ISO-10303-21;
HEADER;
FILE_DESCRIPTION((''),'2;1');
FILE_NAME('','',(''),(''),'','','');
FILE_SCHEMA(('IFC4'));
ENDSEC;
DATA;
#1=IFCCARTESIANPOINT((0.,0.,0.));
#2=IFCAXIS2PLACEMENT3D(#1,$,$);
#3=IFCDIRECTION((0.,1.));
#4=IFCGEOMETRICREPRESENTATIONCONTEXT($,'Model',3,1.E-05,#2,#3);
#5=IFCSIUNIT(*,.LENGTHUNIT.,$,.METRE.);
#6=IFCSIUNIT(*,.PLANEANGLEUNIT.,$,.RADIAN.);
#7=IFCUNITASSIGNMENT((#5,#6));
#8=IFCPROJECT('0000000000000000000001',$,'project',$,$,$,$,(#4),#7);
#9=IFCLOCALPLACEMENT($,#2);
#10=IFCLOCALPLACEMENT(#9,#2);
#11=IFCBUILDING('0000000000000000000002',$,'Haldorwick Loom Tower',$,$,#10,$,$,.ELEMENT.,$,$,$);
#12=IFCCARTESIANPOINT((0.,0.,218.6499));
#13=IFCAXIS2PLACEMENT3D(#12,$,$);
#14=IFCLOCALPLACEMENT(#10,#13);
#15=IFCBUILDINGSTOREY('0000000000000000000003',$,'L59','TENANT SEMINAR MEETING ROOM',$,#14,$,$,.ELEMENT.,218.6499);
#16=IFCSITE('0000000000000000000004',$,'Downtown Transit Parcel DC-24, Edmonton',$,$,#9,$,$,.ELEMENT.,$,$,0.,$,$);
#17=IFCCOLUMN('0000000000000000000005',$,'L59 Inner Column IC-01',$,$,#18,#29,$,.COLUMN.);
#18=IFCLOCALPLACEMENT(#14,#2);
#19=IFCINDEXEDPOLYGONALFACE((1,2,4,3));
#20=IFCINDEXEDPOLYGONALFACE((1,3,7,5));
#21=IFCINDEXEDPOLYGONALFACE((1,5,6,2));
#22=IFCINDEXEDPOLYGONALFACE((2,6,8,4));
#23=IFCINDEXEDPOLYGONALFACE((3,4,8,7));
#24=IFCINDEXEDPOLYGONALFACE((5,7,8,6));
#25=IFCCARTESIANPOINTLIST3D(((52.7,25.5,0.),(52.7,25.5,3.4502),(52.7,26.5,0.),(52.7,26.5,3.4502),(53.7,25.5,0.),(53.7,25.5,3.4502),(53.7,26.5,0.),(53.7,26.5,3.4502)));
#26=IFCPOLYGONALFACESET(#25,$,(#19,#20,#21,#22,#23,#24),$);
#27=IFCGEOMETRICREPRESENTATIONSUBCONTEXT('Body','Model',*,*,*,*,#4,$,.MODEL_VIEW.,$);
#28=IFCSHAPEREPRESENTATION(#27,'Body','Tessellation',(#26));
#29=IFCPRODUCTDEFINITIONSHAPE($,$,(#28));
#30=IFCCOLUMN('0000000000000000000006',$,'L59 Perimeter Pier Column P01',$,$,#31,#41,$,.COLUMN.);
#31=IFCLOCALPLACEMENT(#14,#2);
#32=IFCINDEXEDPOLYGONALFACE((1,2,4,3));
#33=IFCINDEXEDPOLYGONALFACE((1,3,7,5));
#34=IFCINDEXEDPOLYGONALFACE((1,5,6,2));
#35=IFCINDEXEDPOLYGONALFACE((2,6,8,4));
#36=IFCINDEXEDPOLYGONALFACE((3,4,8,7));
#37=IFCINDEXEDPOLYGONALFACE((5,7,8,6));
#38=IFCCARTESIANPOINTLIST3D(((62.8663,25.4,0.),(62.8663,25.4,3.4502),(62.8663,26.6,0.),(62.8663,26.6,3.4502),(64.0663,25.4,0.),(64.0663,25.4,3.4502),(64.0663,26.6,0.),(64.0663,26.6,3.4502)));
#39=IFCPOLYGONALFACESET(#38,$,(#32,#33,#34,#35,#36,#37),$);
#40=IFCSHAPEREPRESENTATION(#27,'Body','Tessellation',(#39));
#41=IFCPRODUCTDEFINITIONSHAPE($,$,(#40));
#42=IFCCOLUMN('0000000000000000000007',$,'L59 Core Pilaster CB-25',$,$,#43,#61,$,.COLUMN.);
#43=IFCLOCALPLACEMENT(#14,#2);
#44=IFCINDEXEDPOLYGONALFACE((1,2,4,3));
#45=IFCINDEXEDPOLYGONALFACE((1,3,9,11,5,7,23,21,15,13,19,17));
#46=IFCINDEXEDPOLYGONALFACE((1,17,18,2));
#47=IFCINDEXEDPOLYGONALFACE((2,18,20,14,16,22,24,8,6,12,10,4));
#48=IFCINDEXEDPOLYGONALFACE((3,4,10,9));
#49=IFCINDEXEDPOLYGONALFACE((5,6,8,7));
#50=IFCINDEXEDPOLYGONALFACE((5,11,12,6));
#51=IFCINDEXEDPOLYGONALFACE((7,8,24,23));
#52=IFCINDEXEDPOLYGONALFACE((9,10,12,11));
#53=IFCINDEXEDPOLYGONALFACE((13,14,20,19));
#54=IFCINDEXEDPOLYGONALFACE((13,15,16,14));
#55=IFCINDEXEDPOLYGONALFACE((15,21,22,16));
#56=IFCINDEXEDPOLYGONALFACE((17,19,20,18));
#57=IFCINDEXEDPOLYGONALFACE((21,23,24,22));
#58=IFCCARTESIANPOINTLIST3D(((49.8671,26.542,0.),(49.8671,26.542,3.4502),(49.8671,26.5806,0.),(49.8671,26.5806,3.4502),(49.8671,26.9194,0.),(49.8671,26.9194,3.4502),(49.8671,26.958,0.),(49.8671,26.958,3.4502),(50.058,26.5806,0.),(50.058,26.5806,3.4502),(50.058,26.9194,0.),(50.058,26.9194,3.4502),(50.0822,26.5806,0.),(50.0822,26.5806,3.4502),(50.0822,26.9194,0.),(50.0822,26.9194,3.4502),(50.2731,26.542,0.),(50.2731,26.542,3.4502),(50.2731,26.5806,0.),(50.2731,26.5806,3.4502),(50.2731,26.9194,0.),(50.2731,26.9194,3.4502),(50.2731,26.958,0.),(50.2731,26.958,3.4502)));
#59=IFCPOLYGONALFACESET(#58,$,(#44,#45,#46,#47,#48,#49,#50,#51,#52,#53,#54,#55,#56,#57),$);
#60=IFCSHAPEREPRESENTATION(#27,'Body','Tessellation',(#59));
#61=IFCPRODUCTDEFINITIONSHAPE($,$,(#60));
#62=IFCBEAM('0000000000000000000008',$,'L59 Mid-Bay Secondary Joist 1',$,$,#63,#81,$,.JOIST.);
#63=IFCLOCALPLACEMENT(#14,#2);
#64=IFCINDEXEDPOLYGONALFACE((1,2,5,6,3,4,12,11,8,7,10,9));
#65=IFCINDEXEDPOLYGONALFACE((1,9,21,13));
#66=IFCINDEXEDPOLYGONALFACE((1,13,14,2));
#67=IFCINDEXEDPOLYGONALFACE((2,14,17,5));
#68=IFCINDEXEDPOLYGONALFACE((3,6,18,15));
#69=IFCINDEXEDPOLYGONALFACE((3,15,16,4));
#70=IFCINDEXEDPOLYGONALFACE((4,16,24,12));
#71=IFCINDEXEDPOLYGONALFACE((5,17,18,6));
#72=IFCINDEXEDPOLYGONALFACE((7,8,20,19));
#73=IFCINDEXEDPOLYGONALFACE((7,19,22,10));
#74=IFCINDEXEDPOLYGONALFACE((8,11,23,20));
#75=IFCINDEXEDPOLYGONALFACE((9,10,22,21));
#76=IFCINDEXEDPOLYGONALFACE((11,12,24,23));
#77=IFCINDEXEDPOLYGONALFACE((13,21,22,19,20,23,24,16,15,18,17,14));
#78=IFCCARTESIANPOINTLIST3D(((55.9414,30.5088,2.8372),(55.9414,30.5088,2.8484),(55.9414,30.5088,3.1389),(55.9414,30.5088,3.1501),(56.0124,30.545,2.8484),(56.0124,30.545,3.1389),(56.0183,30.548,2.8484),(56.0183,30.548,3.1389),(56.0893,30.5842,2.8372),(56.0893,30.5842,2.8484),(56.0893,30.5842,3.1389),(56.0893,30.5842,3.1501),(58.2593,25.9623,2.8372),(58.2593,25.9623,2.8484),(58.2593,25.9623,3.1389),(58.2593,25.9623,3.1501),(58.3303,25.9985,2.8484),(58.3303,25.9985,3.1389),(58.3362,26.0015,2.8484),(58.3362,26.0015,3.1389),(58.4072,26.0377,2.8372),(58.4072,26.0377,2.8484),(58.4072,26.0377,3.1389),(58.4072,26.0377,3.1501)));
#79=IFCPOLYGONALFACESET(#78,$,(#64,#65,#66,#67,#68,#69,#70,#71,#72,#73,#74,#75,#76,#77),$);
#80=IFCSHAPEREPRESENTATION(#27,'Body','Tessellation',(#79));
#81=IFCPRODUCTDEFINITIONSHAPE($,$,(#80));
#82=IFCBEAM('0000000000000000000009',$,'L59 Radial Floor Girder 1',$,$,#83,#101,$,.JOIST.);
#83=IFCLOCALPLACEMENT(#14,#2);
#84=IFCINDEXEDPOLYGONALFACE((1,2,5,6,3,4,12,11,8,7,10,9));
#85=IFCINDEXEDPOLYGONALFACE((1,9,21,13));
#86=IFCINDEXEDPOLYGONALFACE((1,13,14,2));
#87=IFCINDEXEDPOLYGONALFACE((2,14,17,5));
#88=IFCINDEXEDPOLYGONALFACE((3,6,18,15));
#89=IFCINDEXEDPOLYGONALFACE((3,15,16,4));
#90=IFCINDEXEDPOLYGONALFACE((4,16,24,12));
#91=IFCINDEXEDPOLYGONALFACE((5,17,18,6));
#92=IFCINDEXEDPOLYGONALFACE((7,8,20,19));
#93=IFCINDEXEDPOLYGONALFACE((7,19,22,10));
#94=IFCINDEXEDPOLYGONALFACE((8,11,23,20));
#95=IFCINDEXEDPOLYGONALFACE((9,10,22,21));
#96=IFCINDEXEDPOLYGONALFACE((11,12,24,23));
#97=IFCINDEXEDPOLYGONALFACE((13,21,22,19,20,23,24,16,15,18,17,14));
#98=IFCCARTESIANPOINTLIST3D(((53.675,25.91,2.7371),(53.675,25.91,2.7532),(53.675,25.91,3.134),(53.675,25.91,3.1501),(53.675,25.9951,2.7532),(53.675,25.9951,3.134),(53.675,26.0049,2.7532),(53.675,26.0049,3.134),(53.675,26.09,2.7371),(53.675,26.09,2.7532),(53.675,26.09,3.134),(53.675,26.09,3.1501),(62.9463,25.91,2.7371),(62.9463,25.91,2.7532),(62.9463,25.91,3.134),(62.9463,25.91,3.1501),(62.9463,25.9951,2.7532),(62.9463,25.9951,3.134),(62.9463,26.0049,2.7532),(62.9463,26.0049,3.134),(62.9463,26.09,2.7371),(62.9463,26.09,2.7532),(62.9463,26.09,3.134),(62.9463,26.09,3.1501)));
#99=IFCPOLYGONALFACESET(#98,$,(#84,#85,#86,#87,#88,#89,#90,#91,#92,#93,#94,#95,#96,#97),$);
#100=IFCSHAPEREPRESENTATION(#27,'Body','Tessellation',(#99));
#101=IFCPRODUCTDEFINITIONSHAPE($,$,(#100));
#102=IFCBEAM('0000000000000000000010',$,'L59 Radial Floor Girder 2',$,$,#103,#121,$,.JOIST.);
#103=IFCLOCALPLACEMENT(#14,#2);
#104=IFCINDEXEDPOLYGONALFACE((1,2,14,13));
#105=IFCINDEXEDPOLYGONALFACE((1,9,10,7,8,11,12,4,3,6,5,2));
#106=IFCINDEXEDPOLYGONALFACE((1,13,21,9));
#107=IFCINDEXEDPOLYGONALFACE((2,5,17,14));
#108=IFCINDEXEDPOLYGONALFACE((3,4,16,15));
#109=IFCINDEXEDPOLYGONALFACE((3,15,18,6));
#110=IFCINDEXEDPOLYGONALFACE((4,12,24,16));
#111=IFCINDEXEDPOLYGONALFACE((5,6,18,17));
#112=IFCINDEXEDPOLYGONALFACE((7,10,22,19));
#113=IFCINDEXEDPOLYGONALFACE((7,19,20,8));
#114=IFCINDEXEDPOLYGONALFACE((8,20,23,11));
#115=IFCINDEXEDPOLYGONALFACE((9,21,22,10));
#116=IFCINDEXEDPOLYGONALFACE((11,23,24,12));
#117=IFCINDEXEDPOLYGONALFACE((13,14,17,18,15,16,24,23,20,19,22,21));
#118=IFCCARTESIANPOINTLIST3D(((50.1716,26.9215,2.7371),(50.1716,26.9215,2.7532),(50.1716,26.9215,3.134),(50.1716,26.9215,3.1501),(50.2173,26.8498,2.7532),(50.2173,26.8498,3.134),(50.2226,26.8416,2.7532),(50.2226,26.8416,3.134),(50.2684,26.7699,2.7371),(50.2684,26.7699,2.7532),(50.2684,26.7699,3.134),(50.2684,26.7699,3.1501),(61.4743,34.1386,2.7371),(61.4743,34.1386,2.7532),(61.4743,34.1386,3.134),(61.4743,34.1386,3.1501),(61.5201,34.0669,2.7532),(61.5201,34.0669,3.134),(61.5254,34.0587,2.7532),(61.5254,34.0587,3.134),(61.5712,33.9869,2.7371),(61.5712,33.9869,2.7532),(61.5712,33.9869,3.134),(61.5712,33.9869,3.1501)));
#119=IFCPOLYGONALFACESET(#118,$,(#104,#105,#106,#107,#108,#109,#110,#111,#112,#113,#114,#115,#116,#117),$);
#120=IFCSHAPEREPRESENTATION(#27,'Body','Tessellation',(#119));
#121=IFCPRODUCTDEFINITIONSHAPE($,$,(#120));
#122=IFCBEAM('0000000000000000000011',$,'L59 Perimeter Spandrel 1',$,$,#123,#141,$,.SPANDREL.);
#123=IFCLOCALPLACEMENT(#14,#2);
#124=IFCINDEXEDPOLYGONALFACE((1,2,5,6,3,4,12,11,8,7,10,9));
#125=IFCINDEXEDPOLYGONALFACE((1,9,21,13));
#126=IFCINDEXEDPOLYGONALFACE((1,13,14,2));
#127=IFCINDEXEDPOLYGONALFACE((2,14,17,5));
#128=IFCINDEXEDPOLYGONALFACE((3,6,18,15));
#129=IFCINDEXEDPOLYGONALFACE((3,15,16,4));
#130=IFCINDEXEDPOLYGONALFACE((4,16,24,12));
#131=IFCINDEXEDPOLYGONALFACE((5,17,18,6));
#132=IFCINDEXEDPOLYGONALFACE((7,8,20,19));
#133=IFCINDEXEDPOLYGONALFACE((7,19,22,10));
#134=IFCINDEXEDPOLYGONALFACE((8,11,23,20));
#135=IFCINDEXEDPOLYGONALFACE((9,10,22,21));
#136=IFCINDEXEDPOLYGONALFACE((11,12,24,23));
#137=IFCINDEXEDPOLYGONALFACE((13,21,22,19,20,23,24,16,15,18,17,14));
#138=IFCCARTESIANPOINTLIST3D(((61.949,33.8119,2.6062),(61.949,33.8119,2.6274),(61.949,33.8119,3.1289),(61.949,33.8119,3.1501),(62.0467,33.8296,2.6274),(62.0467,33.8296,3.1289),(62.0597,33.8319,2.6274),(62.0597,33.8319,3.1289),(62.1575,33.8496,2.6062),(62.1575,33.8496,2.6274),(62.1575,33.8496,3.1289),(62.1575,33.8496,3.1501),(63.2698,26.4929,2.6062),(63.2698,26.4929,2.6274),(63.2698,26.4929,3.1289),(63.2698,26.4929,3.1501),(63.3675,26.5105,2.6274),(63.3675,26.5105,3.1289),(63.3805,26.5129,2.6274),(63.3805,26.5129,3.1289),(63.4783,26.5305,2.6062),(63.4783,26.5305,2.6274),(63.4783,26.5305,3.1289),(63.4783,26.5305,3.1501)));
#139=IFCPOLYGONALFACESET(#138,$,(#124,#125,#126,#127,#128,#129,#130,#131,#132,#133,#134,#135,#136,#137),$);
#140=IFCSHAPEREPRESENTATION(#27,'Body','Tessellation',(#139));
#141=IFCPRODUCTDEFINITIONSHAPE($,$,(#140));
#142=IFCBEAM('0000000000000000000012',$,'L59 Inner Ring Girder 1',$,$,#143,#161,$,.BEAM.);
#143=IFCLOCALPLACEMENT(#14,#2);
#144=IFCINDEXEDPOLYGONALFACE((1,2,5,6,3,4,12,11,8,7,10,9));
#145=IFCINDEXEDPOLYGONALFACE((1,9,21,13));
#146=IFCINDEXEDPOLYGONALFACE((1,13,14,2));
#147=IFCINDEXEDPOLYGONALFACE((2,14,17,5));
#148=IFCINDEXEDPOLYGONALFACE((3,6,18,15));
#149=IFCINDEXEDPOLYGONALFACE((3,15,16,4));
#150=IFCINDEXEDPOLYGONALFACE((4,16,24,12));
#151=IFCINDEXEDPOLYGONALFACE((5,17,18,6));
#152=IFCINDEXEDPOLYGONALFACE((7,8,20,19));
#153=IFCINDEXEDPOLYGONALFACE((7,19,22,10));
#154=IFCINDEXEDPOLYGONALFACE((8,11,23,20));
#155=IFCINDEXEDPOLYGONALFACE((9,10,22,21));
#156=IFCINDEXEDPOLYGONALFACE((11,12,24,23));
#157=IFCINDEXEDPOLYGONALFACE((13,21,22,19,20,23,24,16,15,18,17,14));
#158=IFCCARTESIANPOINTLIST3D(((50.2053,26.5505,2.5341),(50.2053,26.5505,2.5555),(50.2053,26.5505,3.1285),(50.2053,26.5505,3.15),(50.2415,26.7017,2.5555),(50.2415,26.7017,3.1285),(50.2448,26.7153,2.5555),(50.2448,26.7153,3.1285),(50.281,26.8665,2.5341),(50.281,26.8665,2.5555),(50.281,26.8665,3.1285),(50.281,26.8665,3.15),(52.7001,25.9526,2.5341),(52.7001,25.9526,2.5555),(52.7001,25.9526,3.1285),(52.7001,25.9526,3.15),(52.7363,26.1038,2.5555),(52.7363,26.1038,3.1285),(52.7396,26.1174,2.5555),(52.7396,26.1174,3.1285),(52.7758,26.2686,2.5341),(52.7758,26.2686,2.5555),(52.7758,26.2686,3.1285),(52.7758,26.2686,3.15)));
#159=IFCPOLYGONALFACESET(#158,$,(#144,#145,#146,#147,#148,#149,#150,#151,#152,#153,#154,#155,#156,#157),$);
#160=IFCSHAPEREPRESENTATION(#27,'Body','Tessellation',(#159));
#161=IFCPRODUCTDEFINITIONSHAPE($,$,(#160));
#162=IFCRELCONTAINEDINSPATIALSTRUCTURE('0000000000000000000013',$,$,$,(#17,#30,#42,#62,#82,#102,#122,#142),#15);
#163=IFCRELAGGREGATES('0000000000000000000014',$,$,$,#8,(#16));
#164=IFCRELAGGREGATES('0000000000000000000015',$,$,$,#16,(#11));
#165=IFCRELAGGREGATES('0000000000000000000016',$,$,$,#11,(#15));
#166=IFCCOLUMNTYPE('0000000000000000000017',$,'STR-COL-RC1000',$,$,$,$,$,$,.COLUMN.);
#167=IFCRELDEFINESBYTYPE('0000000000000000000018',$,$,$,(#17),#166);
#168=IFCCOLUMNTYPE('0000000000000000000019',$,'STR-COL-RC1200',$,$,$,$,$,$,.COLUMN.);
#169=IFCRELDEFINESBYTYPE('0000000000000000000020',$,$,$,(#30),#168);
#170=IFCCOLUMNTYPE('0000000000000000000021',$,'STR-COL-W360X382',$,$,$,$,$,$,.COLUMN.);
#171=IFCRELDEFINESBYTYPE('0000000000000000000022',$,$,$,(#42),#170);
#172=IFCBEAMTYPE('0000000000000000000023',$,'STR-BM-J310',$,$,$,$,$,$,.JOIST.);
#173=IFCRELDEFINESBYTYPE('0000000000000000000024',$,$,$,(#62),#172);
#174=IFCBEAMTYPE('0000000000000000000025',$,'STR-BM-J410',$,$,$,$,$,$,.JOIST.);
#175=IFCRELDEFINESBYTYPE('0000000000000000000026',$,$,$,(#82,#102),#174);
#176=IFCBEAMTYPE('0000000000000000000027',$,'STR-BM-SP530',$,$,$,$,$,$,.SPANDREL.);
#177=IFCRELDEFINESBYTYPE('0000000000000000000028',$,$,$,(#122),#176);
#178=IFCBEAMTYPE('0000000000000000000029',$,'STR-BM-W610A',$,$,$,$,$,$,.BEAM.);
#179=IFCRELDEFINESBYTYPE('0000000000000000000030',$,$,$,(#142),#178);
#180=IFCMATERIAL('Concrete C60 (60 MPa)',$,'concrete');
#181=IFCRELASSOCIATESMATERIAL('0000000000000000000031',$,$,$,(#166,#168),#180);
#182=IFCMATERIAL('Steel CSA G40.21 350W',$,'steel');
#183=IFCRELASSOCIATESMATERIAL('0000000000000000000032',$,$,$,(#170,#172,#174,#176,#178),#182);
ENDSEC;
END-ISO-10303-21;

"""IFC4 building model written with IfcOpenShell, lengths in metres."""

from ifc_helpers import new_model, si_unit, direction, frame, origin, origin_2d, place, context, subcontext, project, spatial, rectangle, i_section, extrude, material, material_profile, profile_set, type_object, element, save


model = new_model("IFC4")

# Units and contexts
model_context = context("Model", 3, precision=1e-05, world=origin(), true_north=direction((0.0, 1.0)))
body_context = subcontext(model_context, "Body", "Model", "MODEL_VIEW")
ifc_project = project(units=[si_unit("LENGTHUNIT", "METRE"), si_unit("PLANEANGLEUNIT", "RADIAN")], contexts=[model_context])

# Site, building, storey
site_placement = place(None, origin())
site = spatial("IfcSite", under=ifc_project, at=site_placement, Name="Downtown Transit Parcel DC-24, Edmonton", CompositionType="ELEMENT", RefElevation=0.0)
building_placement = place(site_placement, origin())
building = spatial("IfcBuilding", under=site, at=building_placement, Name="Haldorwick Loom Tower", CompositionType="ELEMENT")
storey_placement = place(building_placement, frame((0.0, 0.0, 218.6499)))
storey = spatial("IfcBuildingStorey", under=building, at=storey_placement, Name="L59", Description="TENANT SEMINAR MEETING ROOM", CompositionType="ELEMENT", Elevation=218.6499)

# Columns
ifc_material_1 = material(Name="Concrete C60 (60 MPa)", Category="concrete")
ifc_material_profile_1 = material_profile(ifc_material_1, rectangle(XDim=1.0, YDim=1.0, at=origin_2d()), Name="RC1000X1000", Category="concrete")
ifc_profile_set_1 = profile_set([ifc_material_profile_1], Name="Concrete C60 (60 MPa)")
column_type_1 = type_object("IfcColumnType", Name="STR-COL-RC1000", PredefinedType="COLUMN", material=ifc_profile_set_1)
column_1_placement = place(storey_placement, frame((53.2, 26.0, 0.0), z_axis=(0.0, 0.0, 1.0), x_axis=(1.0, 0.0, 0.0)))
element("IfcColumn", 1, at=column_1_placement, inside=storey, type_object=column_type_1, Name="L59 Inner Column IC-01", PredefinedType="COLUMN", context=body_context, shape_type="SweptSolid", body=[
    extrude(rectangle(XDim=1.0, YDim=1.0, at=origin_2d()), origin(), (0.0, 0.0, 1.0), 3.4502),
])
ifc_material_profile_2 = material_profile(ifc_material_1, rectangle(XDim=1.2, YDim=1.2, at=origin_2d()), Name="RC1200X1200", Category="concrete")
ifc_profile_set_2 = profile_set([ifc_material_profile_2], Name="Concrete C60 (60 MPa)")
column_type_2 = type_object("IfcColumnType", Name="STR-COL-RC1200", PredefinedType="COLUMN", material=ifc_profile_set_2)
column_2_placement = place(storey_placement, frame((63.4663, 26.0, 0.0), z_axis=(0.0, 0.0, 1.0), x_axis=(1.0, 0.0, 0.0)))
element("IfcColumn", 2, at=column_2_placement, inside=storey, type_object=column_type_2, Name="L59 Perimeter Pier Column P01", PredefinedType="COLUMN", context=body_context, shape_type="SweptSolid", body=[
    extrude(rectangle(XDim=1.2, YDim=1.2, at=origin_2d()), origin(), (0.0, 0.0, 1.0), 3.4502),
])
ifc_material_2 = material(Name="Steel CSA G40.21 350W", Category="steel")
ifc_material_profile_3 = material_profile(ifc_material_2, i_section(OverallWidth=0.406, OverallDepth=0.416, WebThickness=0.0242, FlangeThickness=0.0386, at=origin_2d()), Name="W360X382", Category="steel")
ifc_profile_set_3 = profile_set([ifc_material_profile_3], Name="Steel CSA G40.21 350W")
column_type_3 = type_object("IfcColumnType", Name="STR-COL-W360X382", PredefinedType="COLUMN", material=ifc_profile_set_3)
column_3_placement = place(storey_placement, frame((50.0701, 26.75, 0.0), z_axis=(0.0, 0.0, 1.0), x_axis=(1.0, 0.0, 0.0)))
element("IfcColumn", 3, at=column_3_placement, inside=storey, type_object=column_type_3, Name="L59 Core Pilaster CB-25", PredefinedType="COLUMN", context=body_context, shape_type="SweptSolid", body=[
    extrude(i_section(OverallWidth=0.406, OverallDepth=0.416, WebThickness=0.0242, FlangeThickness=0.0386, at=origin_2d()), origin(), (0.0, 0.0, 1.0), 3.4502),
])

# Beams
ifc_material_profile_4 = material_profile(ifc_material_2, i_section(OverallWidth=0.166, OverallDepth=0.313, WebThickness=0.0066, FlangeThickness=0.0112, at=origin_2d()), Name="W310X45", Category="steel")
ifc_profile_set_4 = profile_set([ifc_material_profile_4], Name="Steel CSA G40.21 350W")
beam_type_1 = type_object("IfcBeamType", Name="STR-BM-J310", PredefinedType="JOIST", material=ifc_profile_set_4)
beam_1_placement = place(storey_placement, frame((58.3333, 26.0, 2.9937), z_axis=(-0.454204, 0.890898, 0.0), x_axis=(-0.890898, -0.454204, 0.0)))
element("IfcBeam", 4, at=beam_1_placement, inside=storey, type_object=beam_type_1, Name="L59 Mid-Bay Secondary Joist 1", PredefinedType="JOIST", context=body_context, shape_type="SweptSolid", body=[
    extrude(i_section(OverallWidth=0.166, OverallDepth=0.313, WebThickness=0.0066, FlangeThickness=0.0112, at=origin_2d()), origin(), (0.0, 0.0, 1.0), 5.1033),
])
ifc_material_profile_5 = material_profile(ifc_material_2, i_section(OverallWidth=0.1799, OverallDepth=0.4131, WebThickness=0.0098, FlangeThickness=0.0161, at=origin_2d()), Name="W410X74", Category="steel")
ifc_profile_set_5 = profile_set([ifc_material_profile_5], Name="Steel CSA G40.21 350W")
beam_type_2 = type_object("IfcBeamType", Name="STR-BM-J410", PredefinedType="JOIST", material=ifc_profile_set_5)
beam_2_placement = place(storey_placement, frame((53.675, 26.0, 2.9436), z_axis=(1.0, 0.0, 0.0), x_axis=(0.0, 1.0, 0.0)))
element("IfcBeam", 5, at=beam_2_placement, inside=storey, type_object=beam_type_2, Name="L59 Radial Floor Girder 1", PredefinedType="JOIST", context=body_context, shape_type="SweptSolid", body=[
    extrude(i_section(OverallWidth=0.1799, OverallDepth=0.4131, WebThickness=0.0098, FlangeThickness=0.0161, at=origin_2d()), origin(), (0.0, 0.0, 1.0), 9.2712),
])
beam_3_placement = place(storey_placement, frame((50.22, 26.8457, 2.9436), z_axis=(0.842837, 0.538169, 0.0), x_axis=(-0.538169, 0.842837, 0.0)))
element("IfcBeam", 6, at=beam_3_placement, inside=storey, type_object=beam_type_2, Name="L59 Radial Floor Girder 2", PredefinedType="JOIST", context=body_context, shape_type="SweptSolid", body=[
    extrude(i_section(OverallWidth=0.1799, OverallDepth=0.4131, WebThickness=0.0098, FlangeThickness=0.0161, at=origin_2d()), origin(), (0.0, 0.0, 1.0), 13.4104),
])
ifc_material_profile_6 = material_profile(ifc_material_2, i_section(OverallWidth=0.2119, OverallDepth=0.5439, WebThickness=0.0132, FlangeThickness=0.0212, at=origin_2d()), Name="W530X123", Category="steel")
ifc_profile_set_6 = profile_set([ifc_material_profile_6], Name="Steel CSA G40.21 350W")
beam_type_3 = type_object("IfcBeamType", Name="STR-BM-SP530", PredefinedType="SPANDREL", material=ifc_profile_set_6)
beam_4_placement = place(storey_placement, frame((63.374, 26.5117, 2.8782), z_axis=(-0.177591, 0.984104, 0.0), x_axis=(-0.984104, -0.177591, 0.0)))
element("IfcBeam", 7, at=beam_4_placement, inside=storey, type_object=beam_type_3, Name="L59 Perimeter Spandrel 1", PredefinedType="SPANDREL", context=body_context, shape_type="SweptSolid", body=[
    extrude(i_section(OverallWidth=0.2119, OverallDepth=0.5439, WebThickness=0.0132, FlangeThickness=0.0212, at=origin_2d()), origin(), (0.0, 0.0, 1.0), 7.4373),
])
ifc_material_profile_7 = material_profile(ifc_material_2, i_section(OverallWidth=0.325, OverallDepth=0.616, WebThickness=0.0139, FlangeThickness=0.0215, at=origin_2d()), Name="W610X174", Category="steel")
ifc_profile_set_7 = profile_set([ifc_material_profile_7], Name="Steel CSA G40.21 350W")
beam_type_4 = type_object("IfcBeamType", Name="STR-BM-W610A", PredefinedType="BEAM", material=ifc_profile_set_7)
beam_5_placement = place(storey_placement, frame((50.2432, 26.7085, 2.842), z_axis=(0.972464, -0.233053, 0.0), x_axis=(0.233053, 0.972464, 0.0)))
element("IfcBeam", 8, at=beam_5_placement, inside=storey, type_object=beam_type_4, Name="L59 Inner Ring Girder 1", PredefinedType="BEAM", context=body_context, shape_type="SweptSolid", body=[
    extrude(i_section(OverallWidth=0.325, OverallDepth=0.616, WebThickness=0.0139, FlangeThickness=0.0215, at=origin_2d()), origin(), (0.0, 0.0, 1.0), 2.5654),
])

save(model, "model.ifc")
